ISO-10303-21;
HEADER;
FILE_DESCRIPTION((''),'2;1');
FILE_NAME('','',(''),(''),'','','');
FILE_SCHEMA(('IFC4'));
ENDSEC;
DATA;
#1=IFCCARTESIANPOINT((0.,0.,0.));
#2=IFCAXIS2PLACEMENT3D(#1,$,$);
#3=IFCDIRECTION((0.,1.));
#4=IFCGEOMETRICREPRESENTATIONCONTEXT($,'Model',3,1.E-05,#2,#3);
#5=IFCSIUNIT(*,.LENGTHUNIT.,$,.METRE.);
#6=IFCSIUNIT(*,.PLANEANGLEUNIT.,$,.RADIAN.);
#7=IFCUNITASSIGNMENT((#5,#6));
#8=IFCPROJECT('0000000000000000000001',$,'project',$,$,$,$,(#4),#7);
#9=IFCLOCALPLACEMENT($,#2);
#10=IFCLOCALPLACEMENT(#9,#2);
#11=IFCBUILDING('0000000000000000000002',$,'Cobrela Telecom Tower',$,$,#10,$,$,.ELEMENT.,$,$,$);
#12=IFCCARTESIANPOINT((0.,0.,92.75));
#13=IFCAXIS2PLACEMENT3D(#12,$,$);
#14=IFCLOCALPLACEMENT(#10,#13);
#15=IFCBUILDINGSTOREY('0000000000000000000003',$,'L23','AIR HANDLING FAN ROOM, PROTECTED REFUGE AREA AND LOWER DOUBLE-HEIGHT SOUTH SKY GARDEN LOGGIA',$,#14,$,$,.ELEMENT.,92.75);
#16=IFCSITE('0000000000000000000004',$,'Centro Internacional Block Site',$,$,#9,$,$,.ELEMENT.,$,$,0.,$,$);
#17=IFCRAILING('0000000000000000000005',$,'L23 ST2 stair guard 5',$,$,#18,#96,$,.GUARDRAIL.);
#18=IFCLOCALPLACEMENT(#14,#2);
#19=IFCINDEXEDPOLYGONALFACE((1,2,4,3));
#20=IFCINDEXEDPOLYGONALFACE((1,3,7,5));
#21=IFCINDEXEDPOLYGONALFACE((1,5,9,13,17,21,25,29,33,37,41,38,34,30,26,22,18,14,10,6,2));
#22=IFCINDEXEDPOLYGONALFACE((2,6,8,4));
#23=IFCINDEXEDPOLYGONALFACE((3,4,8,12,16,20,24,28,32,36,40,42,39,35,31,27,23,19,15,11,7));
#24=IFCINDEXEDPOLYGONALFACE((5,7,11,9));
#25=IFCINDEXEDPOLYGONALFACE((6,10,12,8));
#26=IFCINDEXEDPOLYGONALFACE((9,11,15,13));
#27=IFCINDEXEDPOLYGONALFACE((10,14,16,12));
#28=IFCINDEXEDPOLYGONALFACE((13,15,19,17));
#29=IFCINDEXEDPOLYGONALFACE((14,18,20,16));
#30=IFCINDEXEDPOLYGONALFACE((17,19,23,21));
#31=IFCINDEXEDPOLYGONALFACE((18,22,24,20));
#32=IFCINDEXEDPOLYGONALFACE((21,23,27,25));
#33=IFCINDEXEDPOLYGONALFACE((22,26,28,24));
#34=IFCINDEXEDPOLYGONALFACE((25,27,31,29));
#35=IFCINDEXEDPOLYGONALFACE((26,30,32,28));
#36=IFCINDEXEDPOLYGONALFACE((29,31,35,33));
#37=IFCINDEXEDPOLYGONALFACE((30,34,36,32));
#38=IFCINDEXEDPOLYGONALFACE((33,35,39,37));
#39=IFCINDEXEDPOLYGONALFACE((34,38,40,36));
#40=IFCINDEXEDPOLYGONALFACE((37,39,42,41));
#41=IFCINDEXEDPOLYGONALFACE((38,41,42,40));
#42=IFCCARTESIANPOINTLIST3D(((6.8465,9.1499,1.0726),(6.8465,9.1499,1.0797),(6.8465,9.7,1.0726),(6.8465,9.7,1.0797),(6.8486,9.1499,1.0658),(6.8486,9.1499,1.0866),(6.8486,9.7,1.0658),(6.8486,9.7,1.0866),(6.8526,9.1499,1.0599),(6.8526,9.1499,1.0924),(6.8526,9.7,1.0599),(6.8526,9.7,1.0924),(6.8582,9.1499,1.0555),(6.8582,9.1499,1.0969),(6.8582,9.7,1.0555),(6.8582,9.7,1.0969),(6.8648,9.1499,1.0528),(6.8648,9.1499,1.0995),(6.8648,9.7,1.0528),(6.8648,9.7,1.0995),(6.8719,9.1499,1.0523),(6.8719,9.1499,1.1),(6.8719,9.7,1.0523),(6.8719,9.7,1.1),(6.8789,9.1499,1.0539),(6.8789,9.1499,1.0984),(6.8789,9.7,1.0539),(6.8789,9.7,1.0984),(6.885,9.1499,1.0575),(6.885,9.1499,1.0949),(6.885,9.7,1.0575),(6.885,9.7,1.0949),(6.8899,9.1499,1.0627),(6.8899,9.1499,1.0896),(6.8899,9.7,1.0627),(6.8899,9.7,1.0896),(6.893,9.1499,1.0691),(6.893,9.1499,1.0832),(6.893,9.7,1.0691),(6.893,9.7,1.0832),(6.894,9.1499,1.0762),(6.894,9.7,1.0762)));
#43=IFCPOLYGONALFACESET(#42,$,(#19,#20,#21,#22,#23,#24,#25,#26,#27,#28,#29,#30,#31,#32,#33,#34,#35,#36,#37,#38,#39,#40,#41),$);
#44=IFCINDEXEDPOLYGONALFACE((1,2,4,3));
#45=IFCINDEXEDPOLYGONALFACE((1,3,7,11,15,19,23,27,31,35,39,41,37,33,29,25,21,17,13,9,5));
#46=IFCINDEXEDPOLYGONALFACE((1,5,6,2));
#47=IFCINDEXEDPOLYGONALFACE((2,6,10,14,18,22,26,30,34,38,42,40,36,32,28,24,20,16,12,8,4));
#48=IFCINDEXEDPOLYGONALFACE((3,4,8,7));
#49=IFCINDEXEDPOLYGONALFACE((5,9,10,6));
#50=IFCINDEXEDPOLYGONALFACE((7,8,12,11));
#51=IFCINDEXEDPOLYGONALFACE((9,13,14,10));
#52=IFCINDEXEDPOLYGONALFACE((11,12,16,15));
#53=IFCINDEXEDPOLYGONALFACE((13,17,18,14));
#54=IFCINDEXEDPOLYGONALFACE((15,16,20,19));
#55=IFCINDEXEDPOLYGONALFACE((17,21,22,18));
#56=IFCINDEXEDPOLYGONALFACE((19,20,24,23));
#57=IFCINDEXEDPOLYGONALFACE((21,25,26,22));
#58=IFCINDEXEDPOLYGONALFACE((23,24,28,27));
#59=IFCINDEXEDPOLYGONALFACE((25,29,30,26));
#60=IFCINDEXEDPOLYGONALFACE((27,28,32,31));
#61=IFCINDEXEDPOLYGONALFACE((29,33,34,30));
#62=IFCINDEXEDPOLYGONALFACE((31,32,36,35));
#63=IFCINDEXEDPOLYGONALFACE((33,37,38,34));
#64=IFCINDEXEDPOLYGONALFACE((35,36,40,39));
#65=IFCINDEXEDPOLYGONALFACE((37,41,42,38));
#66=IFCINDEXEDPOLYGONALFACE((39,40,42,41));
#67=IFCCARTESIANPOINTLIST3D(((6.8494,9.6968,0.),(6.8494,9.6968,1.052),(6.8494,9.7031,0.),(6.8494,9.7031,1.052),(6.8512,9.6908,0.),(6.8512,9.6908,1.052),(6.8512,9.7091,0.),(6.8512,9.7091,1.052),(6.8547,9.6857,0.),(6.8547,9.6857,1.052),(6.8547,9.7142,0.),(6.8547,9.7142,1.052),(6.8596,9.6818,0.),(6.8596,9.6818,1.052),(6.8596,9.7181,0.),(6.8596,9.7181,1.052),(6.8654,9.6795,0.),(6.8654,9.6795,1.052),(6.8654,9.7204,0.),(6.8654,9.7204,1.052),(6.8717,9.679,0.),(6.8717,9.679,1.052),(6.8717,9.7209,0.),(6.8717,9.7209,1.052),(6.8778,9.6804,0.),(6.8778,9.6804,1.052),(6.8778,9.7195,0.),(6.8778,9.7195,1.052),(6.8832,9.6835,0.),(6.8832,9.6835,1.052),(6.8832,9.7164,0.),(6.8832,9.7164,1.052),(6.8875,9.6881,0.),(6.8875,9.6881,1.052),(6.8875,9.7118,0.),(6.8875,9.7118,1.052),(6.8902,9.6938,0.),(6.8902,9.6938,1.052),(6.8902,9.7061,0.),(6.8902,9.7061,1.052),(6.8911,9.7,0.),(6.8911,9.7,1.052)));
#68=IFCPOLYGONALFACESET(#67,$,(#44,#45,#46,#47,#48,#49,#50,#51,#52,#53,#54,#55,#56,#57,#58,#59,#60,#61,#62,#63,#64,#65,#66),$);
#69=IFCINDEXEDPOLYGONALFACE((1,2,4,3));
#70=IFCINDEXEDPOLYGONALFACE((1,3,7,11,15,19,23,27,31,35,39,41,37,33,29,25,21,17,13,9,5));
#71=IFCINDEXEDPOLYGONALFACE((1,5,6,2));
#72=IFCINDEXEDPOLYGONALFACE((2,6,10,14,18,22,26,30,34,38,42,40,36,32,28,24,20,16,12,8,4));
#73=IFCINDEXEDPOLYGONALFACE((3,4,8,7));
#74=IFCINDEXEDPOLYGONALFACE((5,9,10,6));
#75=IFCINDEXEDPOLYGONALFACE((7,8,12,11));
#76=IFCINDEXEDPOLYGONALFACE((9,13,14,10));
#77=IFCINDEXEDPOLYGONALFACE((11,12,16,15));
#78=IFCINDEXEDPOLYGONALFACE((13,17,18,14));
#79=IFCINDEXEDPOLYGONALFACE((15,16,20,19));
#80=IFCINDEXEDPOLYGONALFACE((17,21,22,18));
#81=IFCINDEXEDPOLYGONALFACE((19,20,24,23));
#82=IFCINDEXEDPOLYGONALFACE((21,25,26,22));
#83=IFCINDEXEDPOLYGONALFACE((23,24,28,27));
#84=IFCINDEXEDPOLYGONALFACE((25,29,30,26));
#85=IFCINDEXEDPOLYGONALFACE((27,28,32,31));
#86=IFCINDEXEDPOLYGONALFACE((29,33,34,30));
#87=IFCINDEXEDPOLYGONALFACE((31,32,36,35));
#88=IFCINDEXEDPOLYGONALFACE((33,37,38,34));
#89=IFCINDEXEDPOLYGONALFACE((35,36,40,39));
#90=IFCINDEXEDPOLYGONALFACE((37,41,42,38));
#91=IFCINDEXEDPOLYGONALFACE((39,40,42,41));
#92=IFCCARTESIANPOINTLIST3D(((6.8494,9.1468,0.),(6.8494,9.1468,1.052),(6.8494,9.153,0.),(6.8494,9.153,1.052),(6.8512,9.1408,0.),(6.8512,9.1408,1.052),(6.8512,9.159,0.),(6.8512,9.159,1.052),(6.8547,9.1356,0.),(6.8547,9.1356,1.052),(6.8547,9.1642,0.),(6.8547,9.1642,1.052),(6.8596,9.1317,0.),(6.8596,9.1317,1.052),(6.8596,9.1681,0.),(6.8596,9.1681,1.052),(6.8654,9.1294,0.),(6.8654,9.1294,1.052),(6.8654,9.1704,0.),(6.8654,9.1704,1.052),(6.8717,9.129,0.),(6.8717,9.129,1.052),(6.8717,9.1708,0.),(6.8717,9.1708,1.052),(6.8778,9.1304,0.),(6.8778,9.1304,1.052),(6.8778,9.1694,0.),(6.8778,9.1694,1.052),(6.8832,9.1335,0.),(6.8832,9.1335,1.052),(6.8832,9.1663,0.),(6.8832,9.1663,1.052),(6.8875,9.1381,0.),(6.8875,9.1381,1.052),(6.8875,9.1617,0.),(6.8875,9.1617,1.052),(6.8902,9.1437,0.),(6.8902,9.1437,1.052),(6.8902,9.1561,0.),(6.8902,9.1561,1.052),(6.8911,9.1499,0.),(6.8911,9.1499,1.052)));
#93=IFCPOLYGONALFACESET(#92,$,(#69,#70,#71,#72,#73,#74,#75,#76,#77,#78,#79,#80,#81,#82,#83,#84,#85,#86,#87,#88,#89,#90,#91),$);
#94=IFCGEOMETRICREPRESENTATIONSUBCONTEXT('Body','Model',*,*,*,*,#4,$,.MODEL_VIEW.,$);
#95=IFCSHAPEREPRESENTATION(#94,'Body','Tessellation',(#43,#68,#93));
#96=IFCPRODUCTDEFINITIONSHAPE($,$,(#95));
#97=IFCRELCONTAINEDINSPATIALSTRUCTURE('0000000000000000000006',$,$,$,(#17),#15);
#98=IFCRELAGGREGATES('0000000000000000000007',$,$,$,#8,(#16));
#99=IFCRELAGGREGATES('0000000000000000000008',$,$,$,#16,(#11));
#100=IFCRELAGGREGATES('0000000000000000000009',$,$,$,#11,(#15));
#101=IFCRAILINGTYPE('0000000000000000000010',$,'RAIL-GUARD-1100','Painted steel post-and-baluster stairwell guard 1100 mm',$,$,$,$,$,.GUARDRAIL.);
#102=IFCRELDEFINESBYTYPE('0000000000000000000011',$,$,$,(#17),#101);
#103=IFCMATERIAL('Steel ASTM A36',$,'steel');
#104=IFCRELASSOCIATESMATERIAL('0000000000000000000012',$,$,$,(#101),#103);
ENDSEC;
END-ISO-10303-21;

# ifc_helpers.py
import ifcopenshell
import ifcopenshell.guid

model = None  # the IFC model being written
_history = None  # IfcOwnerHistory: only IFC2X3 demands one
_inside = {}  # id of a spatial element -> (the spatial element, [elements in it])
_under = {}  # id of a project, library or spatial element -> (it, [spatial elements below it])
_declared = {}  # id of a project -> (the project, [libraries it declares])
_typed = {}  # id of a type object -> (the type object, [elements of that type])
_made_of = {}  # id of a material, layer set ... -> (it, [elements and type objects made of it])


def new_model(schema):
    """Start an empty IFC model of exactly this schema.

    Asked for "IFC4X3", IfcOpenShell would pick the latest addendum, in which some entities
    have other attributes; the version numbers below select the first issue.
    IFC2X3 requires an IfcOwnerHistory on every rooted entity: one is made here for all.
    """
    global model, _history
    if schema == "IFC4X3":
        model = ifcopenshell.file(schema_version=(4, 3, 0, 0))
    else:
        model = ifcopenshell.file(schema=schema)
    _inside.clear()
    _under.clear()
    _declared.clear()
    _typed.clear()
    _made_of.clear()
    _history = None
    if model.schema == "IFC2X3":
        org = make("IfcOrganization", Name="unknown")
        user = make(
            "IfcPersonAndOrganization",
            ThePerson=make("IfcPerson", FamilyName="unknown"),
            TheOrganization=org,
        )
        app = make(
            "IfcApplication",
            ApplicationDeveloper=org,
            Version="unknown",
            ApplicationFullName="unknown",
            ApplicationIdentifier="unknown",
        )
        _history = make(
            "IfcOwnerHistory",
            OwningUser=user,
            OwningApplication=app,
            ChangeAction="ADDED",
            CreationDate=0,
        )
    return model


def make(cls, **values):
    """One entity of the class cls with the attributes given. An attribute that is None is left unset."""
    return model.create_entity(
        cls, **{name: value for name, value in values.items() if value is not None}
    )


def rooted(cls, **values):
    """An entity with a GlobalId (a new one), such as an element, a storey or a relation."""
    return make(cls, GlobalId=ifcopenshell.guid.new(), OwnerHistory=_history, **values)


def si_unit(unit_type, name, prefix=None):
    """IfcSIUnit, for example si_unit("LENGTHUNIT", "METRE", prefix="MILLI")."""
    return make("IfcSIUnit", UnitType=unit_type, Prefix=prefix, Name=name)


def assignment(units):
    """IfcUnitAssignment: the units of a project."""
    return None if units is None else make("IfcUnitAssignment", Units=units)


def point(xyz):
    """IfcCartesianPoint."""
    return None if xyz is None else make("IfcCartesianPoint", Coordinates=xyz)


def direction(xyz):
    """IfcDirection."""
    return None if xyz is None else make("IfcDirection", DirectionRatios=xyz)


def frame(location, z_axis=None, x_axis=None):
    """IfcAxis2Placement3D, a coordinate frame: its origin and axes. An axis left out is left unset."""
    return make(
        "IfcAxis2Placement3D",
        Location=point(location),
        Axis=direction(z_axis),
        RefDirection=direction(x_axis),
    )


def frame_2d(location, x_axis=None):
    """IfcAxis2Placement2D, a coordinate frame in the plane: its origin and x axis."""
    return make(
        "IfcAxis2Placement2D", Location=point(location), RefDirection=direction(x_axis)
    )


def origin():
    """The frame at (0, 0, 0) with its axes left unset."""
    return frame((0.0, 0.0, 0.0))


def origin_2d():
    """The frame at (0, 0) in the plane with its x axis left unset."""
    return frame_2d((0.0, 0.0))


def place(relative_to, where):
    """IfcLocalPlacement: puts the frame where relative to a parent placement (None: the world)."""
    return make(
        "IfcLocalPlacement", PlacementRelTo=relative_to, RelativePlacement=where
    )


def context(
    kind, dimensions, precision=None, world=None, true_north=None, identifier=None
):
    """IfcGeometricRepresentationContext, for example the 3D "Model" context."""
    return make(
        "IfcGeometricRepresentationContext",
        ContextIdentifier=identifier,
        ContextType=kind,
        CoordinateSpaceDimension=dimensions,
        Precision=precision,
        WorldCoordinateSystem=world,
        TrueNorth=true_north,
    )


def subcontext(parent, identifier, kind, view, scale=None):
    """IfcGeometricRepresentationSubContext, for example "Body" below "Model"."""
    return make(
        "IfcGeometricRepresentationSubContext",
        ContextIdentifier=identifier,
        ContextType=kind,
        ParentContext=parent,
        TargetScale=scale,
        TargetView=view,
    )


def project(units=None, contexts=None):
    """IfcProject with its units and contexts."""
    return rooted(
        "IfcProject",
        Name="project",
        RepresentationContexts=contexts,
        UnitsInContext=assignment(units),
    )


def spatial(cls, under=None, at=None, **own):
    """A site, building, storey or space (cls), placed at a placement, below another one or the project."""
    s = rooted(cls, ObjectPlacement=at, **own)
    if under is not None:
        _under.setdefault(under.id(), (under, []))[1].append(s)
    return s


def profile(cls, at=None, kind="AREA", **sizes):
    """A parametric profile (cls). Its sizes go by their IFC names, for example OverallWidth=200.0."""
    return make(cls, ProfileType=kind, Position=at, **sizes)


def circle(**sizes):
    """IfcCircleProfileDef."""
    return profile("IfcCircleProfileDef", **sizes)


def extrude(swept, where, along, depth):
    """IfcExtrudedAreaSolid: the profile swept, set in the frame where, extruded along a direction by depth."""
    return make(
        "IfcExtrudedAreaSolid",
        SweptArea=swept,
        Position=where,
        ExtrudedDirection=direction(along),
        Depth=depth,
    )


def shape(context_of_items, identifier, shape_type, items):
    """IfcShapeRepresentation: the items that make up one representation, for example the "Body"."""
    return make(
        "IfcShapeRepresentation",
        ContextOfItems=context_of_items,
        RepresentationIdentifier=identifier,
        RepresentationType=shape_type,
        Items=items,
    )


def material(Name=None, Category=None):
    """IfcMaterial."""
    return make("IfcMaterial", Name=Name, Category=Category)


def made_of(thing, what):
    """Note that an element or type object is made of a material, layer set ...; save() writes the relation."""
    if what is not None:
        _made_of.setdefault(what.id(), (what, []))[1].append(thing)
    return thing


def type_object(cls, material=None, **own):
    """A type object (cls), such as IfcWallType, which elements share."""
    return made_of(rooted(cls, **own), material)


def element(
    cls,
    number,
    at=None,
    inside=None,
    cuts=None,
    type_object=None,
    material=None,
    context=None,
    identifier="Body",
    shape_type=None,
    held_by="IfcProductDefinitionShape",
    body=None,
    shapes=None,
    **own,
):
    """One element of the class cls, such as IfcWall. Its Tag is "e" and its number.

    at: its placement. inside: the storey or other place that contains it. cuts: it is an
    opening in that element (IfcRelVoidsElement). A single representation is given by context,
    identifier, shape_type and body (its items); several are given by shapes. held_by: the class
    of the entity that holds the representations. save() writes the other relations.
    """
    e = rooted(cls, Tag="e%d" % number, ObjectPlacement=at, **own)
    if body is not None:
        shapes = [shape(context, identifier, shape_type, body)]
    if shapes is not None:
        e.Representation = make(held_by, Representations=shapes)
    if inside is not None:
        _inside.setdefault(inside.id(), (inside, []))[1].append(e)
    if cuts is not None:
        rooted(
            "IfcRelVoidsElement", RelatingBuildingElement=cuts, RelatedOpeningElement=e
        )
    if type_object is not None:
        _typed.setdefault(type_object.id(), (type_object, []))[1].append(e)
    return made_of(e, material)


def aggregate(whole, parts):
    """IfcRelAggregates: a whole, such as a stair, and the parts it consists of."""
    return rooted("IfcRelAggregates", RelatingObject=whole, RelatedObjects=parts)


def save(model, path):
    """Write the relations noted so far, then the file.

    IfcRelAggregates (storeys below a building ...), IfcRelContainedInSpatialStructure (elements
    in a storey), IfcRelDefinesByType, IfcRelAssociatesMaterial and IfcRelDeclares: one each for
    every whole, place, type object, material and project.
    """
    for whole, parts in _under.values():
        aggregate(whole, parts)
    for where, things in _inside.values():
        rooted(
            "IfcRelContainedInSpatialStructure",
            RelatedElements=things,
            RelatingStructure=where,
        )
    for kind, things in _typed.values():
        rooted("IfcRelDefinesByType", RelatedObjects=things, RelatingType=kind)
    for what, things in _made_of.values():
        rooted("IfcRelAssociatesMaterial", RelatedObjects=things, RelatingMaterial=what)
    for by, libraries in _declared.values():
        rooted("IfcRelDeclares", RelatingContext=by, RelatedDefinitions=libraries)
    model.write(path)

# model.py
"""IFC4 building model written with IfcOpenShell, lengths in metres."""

from ifc_helpers import new_model, si_unit, direction, frame, origin, origin_2d, place, context, subcontext, project, spatial, circle, extrude, material, type_object, element, save


model = new_model("IFC4")

# Units and contexts
model_context = context("Model", 3, precision=1e-05, world=origin(), true_north=direction((0.0, 1.0)))
body_context = subcontext(model_context, "Body", "Model", "MODEL_VIEW")
ifc_project = project(units=[si_unit("LENGTHUNIT", "METRE"), si_unit("PLANEANGLEUNIT", "RADIAN")], contexts=[model_context])

# Site, building, storey
site_placement = place(None, origin())
site = spatial("IfcSite", under=ifc_project, at=site_placement, Name="Centro Internacional Block Site", CompositionType="ELEMENT", RefElevation=0.0)
building_placement = place(site_placement, origin())
building = spatial("IfcBuilding", under=site, at=building_placement, Name="Cobrela Telecom Tower", CompositionType="ELEMENT")
storey_placement = place(building_placement, frame((0.0, 0.0, 92.75)))
storey = spatial("IfcBuildingStorey", under=building, at=storey_placement, Name="L23", Description="AIR HANDLING FAN ROOM, PROTECTED REFUGE AREA AND LOWER DOUBLE-HEIGHT SOUTH SKY GARDEN LOGGIA", CompositionType="ELEMENT", Elevation=92.75)

# Railing
ifc_material_1 = material(Name="Steel ASTM A36", Category="steel")
railing_type_1 = type_object("IfcRailingType", Name="RAIL-GUARD-1100", Description="Painted steel post-and-baluster stairwell guard 1100 mm", PredefinedType="GUARDRAIL", material=ifc_material_1)
railing_1_placement = place(storey_placement, frame((6.8701, 9.7, 0.0)))
element("IfcRailing", 1, at=railing_1_placement, inside=storey, type_object=railing_type_1, Name="L23 ST2 stair guard 5", PredefinedType="GUARDRAIL", context=body_context, shape_type="SweptSolid", body=[
    extrude(circle(Radius=0.0239, at=origin_2d()), frame((0.0, 0.0, 1.0762), z_axis=(0.0, -1.0, 0.0), x_axis=(1.0, 0.0, 0.0)), (0.0, 0.0, 1.0), 0.55),
    extrude(circle(Radius=0.021, at=origin_2d()), origin(), (0.0, 0.0, 1.0), 1.052),
    extrude(circle(Radius=0.021, at=origin_2d()), frame((0.0, -0.55, 0.0)), (0.0, 0.0, 1.0), 1.052),
])

save(model, "model.ifc")
